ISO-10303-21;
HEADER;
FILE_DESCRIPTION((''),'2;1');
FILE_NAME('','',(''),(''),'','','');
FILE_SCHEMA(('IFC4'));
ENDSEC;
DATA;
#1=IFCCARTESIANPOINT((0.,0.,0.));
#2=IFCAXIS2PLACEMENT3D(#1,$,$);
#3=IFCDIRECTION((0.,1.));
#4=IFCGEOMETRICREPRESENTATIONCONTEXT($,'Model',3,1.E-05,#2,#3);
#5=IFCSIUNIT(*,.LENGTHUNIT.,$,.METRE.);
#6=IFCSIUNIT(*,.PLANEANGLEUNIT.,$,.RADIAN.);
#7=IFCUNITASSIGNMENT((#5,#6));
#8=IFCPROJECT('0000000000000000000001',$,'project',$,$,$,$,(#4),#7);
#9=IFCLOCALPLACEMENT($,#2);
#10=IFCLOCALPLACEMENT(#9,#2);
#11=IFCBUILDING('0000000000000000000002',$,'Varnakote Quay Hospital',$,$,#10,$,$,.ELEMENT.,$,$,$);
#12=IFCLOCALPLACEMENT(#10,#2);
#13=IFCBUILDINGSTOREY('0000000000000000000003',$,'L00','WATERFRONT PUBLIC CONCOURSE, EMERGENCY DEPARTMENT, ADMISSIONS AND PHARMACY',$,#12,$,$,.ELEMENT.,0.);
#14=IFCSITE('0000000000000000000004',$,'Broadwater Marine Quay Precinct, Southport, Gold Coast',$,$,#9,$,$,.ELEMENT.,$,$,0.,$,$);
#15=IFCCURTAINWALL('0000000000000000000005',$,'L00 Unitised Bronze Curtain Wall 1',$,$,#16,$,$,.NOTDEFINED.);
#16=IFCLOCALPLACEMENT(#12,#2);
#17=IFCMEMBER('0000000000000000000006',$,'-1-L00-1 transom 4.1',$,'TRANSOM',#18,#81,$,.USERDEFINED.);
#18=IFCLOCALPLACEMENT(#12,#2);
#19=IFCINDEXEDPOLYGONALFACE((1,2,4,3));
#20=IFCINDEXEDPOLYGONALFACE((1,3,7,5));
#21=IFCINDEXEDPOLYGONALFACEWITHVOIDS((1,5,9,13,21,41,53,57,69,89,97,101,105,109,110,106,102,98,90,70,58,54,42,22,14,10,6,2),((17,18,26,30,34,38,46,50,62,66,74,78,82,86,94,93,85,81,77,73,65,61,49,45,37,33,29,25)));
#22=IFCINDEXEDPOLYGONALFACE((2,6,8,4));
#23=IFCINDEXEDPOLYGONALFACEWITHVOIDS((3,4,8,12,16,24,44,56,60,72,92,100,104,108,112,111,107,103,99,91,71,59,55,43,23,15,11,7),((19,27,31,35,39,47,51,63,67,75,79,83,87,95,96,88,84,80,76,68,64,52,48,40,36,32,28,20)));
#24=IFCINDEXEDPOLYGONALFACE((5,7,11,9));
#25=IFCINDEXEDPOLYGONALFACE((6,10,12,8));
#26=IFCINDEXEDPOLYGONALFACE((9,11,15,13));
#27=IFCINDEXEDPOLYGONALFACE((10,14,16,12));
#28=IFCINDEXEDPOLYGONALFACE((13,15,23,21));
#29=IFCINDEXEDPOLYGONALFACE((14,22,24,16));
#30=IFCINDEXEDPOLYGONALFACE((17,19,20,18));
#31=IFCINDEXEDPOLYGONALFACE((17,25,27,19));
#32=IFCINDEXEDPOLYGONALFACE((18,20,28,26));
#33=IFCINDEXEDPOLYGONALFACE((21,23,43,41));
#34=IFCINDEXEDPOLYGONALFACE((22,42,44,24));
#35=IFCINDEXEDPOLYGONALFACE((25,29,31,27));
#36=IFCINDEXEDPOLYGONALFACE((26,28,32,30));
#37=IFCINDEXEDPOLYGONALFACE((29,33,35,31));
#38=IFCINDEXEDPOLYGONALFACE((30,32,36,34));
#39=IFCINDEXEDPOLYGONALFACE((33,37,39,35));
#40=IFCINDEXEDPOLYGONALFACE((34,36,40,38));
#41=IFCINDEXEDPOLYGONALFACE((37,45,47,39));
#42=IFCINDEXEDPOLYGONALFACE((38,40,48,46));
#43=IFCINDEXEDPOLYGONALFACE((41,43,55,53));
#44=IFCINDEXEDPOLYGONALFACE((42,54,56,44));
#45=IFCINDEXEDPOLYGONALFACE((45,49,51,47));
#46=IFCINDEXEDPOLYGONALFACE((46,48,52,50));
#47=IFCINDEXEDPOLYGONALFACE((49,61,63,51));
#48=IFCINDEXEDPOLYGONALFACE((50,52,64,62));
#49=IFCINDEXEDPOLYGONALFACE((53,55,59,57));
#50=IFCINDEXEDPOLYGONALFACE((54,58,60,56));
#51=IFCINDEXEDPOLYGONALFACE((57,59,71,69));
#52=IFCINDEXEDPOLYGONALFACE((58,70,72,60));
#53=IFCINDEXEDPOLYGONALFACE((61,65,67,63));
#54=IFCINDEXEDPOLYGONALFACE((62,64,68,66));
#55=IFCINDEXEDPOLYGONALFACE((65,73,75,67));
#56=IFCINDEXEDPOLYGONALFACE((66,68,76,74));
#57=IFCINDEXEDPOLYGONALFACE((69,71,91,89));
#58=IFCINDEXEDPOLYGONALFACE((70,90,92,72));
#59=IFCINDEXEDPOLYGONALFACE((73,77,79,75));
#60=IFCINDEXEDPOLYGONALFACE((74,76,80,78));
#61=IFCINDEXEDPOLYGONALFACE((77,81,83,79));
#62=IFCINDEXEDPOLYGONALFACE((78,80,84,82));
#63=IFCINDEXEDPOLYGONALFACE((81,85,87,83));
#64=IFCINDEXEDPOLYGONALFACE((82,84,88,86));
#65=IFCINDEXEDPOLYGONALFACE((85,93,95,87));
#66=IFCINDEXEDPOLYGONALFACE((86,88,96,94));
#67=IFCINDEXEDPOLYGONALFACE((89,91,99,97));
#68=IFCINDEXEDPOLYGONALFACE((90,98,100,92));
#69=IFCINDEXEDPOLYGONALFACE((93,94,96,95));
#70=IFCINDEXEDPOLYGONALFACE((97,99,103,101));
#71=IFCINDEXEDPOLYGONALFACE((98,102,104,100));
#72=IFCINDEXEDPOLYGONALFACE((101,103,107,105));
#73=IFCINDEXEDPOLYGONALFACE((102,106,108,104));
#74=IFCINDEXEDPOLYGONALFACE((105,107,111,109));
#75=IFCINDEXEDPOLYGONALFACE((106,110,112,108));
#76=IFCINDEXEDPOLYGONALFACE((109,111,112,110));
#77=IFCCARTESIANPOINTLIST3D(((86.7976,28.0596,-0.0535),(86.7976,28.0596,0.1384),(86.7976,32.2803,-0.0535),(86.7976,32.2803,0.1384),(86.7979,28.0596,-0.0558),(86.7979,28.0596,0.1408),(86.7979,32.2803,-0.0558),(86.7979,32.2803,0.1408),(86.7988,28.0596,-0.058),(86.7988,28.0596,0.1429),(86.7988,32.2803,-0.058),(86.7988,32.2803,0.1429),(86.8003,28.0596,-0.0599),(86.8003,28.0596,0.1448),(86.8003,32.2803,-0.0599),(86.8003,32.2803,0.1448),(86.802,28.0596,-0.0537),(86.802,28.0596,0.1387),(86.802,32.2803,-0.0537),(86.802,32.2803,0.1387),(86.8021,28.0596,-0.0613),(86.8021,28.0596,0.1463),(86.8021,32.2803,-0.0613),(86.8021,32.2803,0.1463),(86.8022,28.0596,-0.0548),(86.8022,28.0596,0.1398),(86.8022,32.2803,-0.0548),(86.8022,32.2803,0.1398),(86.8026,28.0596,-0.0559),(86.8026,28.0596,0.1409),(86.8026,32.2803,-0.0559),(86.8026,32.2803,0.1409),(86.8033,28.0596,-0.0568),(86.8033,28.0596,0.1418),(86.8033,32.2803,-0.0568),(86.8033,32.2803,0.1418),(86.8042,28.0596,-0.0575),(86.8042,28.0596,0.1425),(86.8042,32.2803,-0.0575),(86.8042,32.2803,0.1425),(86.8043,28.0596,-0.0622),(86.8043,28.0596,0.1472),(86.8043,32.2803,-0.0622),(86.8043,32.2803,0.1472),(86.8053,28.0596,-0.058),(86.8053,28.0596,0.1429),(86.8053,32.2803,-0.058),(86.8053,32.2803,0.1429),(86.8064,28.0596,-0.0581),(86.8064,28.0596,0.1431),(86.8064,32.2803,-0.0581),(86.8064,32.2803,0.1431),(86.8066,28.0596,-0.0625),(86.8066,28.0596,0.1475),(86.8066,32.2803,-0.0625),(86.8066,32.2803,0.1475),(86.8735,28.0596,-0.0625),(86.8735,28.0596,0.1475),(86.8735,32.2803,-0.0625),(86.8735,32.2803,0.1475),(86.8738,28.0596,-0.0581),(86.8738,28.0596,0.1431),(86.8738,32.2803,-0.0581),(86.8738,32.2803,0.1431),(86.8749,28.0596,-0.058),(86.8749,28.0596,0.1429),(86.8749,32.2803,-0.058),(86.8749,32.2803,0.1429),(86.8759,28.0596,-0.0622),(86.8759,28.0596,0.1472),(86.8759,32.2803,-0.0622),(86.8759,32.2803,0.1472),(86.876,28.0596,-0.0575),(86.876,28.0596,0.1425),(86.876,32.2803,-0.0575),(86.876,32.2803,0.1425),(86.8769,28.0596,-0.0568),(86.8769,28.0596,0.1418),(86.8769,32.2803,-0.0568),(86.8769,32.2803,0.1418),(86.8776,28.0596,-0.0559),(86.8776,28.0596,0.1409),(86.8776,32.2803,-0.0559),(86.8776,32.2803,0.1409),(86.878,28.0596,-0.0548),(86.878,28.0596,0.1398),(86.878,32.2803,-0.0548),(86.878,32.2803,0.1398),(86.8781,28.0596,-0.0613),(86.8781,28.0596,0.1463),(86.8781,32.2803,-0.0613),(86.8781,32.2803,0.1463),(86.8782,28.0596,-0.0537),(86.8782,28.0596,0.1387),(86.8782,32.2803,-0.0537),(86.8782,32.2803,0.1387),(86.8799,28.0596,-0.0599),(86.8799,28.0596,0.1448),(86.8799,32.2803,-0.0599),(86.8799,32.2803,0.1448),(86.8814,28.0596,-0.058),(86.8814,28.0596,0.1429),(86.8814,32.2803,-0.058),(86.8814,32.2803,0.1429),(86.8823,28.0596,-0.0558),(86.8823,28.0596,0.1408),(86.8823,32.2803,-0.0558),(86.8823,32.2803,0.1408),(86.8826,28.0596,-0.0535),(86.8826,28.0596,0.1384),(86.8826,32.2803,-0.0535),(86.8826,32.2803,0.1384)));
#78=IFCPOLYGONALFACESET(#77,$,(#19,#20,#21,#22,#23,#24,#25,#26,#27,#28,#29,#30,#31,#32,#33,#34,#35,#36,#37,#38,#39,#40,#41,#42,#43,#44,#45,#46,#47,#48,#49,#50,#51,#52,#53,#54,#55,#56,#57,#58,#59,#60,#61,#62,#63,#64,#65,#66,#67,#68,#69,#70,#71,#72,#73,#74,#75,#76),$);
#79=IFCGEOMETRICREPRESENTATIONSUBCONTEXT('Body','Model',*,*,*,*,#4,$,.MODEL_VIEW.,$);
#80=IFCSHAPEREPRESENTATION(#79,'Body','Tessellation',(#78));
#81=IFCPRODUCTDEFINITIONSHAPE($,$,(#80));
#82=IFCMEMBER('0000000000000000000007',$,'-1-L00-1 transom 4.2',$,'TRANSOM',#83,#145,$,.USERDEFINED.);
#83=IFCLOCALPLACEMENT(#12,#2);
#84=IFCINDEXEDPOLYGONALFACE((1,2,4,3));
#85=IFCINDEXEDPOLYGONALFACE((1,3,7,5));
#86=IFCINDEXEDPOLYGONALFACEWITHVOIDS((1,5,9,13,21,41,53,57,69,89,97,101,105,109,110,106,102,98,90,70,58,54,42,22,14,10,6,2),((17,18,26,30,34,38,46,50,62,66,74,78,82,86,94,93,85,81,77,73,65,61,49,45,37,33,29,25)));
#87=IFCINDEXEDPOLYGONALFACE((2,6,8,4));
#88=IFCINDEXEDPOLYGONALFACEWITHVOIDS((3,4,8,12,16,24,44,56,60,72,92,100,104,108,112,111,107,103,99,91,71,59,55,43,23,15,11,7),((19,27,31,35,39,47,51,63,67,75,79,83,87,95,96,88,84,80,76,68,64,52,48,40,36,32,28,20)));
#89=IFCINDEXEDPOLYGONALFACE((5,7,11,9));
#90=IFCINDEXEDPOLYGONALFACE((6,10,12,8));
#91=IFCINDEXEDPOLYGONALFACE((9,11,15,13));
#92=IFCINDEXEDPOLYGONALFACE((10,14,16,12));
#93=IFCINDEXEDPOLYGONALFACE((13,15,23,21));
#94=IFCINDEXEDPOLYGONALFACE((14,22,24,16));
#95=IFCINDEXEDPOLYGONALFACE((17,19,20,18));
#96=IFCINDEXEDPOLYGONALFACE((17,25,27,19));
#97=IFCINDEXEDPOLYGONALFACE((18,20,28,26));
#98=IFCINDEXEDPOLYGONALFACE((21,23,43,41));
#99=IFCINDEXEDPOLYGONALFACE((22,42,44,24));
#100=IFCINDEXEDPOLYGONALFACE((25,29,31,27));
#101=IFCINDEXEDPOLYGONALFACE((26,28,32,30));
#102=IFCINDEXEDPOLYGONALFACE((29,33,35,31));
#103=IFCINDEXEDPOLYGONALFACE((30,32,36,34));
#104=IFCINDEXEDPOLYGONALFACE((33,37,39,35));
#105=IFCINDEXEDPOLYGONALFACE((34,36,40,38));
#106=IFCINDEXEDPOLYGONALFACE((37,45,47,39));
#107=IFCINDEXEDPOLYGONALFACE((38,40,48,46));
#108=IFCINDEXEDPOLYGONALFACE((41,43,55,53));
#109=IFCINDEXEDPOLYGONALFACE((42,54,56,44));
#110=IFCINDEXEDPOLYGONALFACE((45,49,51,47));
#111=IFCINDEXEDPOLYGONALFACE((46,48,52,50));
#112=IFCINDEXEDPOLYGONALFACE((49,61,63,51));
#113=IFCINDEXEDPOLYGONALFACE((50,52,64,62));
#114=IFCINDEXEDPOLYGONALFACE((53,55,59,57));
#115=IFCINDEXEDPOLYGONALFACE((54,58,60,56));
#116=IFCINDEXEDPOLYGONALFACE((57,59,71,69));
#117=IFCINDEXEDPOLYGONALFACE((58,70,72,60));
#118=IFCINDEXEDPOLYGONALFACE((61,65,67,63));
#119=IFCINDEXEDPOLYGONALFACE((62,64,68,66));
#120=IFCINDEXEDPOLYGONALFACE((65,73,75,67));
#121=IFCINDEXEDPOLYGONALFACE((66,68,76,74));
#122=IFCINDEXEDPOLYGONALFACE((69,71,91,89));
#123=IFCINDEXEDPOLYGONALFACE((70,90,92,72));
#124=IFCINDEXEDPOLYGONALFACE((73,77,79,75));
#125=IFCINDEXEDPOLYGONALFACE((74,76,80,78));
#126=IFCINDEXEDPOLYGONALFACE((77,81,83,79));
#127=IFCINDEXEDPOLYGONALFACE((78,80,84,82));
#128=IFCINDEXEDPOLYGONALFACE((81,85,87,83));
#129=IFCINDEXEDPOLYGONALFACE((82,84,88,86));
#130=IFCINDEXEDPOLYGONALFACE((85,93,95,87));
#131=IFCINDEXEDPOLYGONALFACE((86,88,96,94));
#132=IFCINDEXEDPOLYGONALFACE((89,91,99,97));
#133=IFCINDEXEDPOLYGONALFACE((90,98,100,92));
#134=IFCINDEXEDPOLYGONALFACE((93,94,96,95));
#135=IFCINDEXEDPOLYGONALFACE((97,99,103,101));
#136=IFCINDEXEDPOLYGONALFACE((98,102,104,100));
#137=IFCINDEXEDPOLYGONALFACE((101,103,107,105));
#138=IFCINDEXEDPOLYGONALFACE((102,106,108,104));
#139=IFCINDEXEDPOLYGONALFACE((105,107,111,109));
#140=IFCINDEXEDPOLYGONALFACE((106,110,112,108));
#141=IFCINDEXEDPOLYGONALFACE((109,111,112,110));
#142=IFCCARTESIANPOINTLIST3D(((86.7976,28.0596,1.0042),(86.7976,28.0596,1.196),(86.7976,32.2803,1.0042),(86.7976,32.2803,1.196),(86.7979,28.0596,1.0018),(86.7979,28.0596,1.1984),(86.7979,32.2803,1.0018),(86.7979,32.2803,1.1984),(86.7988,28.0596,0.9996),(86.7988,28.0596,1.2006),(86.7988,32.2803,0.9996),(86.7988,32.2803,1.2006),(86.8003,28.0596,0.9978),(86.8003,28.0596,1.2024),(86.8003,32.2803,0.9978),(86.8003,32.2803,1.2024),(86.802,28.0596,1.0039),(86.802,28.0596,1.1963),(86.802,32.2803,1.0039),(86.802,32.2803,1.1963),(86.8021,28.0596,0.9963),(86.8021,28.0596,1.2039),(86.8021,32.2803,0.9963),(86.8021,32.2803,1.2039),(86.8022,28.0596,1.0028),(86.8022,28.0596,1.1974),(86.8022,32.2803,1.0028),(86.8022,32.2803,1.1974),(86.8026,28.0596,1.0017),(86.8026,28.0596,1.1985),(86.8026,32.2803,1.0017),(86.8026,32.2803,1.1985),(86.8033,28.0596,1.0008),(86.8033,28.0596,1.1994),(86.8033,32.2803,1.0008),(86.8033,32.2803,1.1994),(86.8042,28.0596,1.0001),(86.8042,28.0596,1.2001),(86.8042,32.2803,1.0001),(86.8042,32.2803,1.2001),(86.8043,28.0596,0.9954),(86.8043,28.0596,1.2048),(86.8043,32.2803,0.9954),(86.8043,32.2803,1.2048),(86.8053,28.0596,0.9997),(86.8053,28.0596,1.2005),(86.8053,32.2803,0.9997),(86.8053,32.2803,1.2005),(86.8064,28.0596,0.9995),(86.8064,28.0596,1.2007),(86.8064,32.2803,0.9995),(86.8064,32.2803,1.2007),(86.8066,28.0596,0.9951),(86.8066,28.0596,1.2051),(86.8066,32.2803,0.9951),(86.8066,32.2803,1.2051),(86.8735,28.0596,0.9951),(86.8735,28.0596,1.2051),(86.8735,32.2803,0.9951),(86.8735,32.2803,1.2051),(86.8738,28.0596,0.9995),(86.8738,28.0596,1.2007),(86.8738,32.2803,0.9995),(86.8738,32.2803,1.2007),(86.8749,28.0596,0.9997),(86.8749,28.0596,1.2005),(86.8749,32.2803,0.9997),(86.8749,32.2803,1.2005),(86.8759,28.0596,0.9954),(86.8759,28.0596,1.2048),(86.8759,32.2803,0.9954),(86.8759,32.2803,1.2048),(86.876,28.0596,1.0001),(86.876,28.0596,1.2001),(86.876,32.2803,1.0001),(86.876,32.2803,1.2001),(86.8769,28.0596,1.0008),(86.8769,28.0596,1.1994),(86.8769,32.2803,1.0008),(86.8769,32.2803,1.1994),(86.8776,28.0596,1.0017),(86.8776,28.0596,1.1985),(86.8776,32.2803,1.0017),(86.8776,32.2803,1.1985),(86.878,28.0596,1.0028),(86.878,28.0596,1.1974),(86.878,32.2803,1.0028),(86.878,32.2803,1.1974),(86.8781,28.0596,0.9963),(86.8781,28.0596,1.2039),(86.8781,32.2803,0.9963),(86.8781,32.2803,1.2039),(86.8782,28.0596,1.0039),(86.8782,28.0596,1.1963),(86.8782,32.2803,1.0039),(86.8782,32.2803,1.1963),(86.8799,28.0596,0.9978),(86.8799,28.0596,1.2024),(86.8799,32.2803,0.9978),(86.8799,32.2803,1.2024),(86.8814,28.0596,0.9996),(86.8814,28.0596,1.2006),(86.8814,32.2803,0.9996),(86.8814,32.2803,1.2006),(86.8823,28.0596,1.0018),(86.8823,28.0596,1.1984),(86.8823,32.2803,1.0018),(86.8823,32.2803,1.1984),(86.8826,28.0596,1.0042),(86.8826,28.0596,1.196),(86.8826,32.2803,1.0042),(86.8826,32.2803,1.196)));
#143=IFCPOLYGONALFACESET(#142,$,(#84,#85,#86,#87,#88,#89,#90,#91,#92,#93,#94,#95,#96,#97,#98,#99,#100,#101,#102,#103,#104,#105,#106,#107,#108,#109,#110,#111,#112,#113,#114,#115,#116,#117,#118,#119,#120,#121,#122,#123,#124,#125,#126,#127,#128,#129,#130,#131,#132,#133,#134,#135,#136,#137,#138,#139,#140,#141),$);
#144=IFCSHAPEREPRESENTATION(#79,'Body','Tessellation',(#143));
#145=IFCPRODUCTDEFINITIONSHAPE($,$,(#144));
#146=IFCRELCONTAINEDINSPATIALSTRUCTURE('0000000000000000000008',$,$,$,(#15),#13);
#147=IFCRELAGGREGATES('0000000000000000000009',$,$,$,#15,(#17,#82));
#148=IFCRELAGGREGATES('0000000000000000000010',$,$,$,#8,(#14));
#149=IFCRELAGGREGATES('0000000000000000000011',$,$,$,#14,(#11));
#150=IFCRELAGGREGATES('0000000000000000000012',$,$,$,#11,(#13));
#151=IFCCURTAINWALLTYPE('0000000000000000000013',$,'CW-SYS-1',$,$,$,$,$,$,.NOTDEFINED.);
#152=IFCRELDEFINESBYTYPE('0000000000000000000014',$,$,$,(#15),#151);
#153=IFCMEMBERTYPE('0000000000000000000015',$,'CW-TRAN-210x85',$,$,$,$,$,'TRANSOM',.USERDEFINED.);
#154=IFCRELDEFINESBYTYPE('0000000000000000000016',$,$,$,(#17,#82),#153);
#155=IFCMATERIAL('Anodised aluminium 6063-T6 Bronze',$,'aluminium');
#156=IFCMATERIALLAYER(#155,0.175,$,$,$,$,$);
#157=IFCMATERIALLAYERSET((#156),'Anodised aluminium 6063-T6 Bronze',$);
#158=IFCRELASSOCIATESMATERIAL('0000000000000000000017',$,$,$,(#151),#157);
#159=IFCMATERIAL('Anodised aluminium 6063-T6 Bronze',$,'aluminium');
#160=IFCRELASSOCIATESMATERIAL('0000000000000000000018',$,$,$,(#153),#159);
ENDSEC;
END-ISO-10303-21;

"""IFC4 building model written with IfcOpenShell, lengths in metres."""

from ifc_helpers import new_model, si_unit, direction, frame, origin, origin_2d, place, context, subcontext, project, spatial, hollow_rectangle, extrude, material, layer, layer_set, material_profile, profile_set, type_object, element, aggregate, save


model = new_model("IFC4")

# Units and contexts
model_context = context("Model", 3, precision=1e-05, world=origin(), true_north=direction((0.0, 1.0)))
body_context = subcontext(model_context, "Body", "Model", "MODEL_VIEW")
ifc_project = project(units=[si_unit("LENGTHUNIT", "METRE"), si_unit("PLANEANGLEUNIT", "RADIAN")], contexts=[model_context])

# Site, building, storey
site_placement = place(None, origin())
site = spatial("IfcSite", under=ifc_project, at=site_placement, Name="Broadwater Marine Quay Precinct, Southport, Gold Coast", CompositionType="ELEMENT", RefElevation=0.0)
building_placement = place(site_placement, origin())
building = spatial("IfcBuilding", under=site, at=building_placement, Name="Varnakote Quay Hospital", CompositionType="ELEMENT")
storey_placement = place(building_placement, origin())
storey = spatial("IfcBuildingStorey", under=building, at=storey_placement, Name="L00", Description="WATERFRONT PUBLIC CONCOURSE, EMERGENCY DEPARTMENT, ADMISSIONS AND PHARMACY", CompositionType="ELEMENT", Elevation=0.0)

# Curtain wall, members
ifc_material_1 = material(Name="Anodised aluminium 6063-T6 Bronze", Category="aluminium")
ifc_layer_1 = layer(ifc_material_1, 0.175)
ifc_layer_set_1 = layer_set([ifc_layer_1], Name="Anodised aluminium 6063-T6 Bronze")
curtain_wall_type = type_object("IfcCurtainWallType", Name="CW-SYS-1", PredefinedType="NOTDEFINED", material=ifc_layer_set_1)
curtain_wall_placement = place(storey_placement, origin())
curtain_wall = element("IfcCurtainWall", 1, at=curtain_wall_placement, inside=storey, type_object=curtain_wall_type, Name="L00 Unitised Bronze Curtain Wall 1", PredefinedType="NOTDEFINED")
ifc_material_2 = material(Name="Anodised aluminium 6063-T6 Bronze", Category="aluminium")
ifc_material_profile_1 = material_profile(ifc_material_2, hollow_rectangle(XDim=0.085, YDim=0.21, WallThickness=0.0044, InnerFilletRadius=0.0044, OuterFilletRadius=0.009, at=origin_2d()), Name="CW-TRAN-210x85")
ifc_profile_set_1 = profile_set([ifc_material_profile_1], Name="Anodised aluminium 6063-T6 Bronze")
member_type_1 = type_object("IfcMemberType", Name="CW-TRAN-210x85", ElementType="TRANSOM", PredefinedType="USERDEFINED", material=ifc_profile_set_1)
member_1_placement = place(storey_placement, frame((86.8401, 28.0596, 0.0425), z_axis=(0.0, 1.0, 0.0), x_axis=(-1.0, 0.0, 0.0)))
member_1 = element("IfcMember", 2, at=member_1_placement, type_object=member_type_1, Name="-1-L00-1 transom 4.1", ObjectType="TRANSOM", PredefinedType="USERDEFINED", context=body_context, shape_type="SweptSolid", body=[
    extrude(hollow_rectangle(XDim=0.085, YDim=0.21, WallThickness=0.0044, InnerFilletRadius=0.0044, OuterFilletRadius=0.009, at=origin_2d()), origin(), (0.0, 0.0, 1.0), 4.2207),
])
member_2_placement = place(storey_placement, frame((86.8401, 28.0596, 1.1001), z_axis=(0.0, 1.0, 0.0), x_axis=(-1.0, 0.0, 0.0)))
member_2 = element("IfcMember", 3, at=member_2_placement, type_object=member_type_1, Name="-1-L00-1 transom 4.2", ObjectType="TRANSOM", PredefinedType="USERDEFINED", context=body_context, shape_type="SweptSolid", body=[
    extrude(hollow_rectangle(XDim=0.085, YDim=0.21, WallThickness=0.0044, InnerFilletRadius=0.0044, OuterFilletRadius=0.009, at=origin_2d()), origin(), (0.0, 0.0, 1.0), 4.2207),
])

aggregate(curtain_wall, [member_1, member_2])

save(model, "model.ifc")
